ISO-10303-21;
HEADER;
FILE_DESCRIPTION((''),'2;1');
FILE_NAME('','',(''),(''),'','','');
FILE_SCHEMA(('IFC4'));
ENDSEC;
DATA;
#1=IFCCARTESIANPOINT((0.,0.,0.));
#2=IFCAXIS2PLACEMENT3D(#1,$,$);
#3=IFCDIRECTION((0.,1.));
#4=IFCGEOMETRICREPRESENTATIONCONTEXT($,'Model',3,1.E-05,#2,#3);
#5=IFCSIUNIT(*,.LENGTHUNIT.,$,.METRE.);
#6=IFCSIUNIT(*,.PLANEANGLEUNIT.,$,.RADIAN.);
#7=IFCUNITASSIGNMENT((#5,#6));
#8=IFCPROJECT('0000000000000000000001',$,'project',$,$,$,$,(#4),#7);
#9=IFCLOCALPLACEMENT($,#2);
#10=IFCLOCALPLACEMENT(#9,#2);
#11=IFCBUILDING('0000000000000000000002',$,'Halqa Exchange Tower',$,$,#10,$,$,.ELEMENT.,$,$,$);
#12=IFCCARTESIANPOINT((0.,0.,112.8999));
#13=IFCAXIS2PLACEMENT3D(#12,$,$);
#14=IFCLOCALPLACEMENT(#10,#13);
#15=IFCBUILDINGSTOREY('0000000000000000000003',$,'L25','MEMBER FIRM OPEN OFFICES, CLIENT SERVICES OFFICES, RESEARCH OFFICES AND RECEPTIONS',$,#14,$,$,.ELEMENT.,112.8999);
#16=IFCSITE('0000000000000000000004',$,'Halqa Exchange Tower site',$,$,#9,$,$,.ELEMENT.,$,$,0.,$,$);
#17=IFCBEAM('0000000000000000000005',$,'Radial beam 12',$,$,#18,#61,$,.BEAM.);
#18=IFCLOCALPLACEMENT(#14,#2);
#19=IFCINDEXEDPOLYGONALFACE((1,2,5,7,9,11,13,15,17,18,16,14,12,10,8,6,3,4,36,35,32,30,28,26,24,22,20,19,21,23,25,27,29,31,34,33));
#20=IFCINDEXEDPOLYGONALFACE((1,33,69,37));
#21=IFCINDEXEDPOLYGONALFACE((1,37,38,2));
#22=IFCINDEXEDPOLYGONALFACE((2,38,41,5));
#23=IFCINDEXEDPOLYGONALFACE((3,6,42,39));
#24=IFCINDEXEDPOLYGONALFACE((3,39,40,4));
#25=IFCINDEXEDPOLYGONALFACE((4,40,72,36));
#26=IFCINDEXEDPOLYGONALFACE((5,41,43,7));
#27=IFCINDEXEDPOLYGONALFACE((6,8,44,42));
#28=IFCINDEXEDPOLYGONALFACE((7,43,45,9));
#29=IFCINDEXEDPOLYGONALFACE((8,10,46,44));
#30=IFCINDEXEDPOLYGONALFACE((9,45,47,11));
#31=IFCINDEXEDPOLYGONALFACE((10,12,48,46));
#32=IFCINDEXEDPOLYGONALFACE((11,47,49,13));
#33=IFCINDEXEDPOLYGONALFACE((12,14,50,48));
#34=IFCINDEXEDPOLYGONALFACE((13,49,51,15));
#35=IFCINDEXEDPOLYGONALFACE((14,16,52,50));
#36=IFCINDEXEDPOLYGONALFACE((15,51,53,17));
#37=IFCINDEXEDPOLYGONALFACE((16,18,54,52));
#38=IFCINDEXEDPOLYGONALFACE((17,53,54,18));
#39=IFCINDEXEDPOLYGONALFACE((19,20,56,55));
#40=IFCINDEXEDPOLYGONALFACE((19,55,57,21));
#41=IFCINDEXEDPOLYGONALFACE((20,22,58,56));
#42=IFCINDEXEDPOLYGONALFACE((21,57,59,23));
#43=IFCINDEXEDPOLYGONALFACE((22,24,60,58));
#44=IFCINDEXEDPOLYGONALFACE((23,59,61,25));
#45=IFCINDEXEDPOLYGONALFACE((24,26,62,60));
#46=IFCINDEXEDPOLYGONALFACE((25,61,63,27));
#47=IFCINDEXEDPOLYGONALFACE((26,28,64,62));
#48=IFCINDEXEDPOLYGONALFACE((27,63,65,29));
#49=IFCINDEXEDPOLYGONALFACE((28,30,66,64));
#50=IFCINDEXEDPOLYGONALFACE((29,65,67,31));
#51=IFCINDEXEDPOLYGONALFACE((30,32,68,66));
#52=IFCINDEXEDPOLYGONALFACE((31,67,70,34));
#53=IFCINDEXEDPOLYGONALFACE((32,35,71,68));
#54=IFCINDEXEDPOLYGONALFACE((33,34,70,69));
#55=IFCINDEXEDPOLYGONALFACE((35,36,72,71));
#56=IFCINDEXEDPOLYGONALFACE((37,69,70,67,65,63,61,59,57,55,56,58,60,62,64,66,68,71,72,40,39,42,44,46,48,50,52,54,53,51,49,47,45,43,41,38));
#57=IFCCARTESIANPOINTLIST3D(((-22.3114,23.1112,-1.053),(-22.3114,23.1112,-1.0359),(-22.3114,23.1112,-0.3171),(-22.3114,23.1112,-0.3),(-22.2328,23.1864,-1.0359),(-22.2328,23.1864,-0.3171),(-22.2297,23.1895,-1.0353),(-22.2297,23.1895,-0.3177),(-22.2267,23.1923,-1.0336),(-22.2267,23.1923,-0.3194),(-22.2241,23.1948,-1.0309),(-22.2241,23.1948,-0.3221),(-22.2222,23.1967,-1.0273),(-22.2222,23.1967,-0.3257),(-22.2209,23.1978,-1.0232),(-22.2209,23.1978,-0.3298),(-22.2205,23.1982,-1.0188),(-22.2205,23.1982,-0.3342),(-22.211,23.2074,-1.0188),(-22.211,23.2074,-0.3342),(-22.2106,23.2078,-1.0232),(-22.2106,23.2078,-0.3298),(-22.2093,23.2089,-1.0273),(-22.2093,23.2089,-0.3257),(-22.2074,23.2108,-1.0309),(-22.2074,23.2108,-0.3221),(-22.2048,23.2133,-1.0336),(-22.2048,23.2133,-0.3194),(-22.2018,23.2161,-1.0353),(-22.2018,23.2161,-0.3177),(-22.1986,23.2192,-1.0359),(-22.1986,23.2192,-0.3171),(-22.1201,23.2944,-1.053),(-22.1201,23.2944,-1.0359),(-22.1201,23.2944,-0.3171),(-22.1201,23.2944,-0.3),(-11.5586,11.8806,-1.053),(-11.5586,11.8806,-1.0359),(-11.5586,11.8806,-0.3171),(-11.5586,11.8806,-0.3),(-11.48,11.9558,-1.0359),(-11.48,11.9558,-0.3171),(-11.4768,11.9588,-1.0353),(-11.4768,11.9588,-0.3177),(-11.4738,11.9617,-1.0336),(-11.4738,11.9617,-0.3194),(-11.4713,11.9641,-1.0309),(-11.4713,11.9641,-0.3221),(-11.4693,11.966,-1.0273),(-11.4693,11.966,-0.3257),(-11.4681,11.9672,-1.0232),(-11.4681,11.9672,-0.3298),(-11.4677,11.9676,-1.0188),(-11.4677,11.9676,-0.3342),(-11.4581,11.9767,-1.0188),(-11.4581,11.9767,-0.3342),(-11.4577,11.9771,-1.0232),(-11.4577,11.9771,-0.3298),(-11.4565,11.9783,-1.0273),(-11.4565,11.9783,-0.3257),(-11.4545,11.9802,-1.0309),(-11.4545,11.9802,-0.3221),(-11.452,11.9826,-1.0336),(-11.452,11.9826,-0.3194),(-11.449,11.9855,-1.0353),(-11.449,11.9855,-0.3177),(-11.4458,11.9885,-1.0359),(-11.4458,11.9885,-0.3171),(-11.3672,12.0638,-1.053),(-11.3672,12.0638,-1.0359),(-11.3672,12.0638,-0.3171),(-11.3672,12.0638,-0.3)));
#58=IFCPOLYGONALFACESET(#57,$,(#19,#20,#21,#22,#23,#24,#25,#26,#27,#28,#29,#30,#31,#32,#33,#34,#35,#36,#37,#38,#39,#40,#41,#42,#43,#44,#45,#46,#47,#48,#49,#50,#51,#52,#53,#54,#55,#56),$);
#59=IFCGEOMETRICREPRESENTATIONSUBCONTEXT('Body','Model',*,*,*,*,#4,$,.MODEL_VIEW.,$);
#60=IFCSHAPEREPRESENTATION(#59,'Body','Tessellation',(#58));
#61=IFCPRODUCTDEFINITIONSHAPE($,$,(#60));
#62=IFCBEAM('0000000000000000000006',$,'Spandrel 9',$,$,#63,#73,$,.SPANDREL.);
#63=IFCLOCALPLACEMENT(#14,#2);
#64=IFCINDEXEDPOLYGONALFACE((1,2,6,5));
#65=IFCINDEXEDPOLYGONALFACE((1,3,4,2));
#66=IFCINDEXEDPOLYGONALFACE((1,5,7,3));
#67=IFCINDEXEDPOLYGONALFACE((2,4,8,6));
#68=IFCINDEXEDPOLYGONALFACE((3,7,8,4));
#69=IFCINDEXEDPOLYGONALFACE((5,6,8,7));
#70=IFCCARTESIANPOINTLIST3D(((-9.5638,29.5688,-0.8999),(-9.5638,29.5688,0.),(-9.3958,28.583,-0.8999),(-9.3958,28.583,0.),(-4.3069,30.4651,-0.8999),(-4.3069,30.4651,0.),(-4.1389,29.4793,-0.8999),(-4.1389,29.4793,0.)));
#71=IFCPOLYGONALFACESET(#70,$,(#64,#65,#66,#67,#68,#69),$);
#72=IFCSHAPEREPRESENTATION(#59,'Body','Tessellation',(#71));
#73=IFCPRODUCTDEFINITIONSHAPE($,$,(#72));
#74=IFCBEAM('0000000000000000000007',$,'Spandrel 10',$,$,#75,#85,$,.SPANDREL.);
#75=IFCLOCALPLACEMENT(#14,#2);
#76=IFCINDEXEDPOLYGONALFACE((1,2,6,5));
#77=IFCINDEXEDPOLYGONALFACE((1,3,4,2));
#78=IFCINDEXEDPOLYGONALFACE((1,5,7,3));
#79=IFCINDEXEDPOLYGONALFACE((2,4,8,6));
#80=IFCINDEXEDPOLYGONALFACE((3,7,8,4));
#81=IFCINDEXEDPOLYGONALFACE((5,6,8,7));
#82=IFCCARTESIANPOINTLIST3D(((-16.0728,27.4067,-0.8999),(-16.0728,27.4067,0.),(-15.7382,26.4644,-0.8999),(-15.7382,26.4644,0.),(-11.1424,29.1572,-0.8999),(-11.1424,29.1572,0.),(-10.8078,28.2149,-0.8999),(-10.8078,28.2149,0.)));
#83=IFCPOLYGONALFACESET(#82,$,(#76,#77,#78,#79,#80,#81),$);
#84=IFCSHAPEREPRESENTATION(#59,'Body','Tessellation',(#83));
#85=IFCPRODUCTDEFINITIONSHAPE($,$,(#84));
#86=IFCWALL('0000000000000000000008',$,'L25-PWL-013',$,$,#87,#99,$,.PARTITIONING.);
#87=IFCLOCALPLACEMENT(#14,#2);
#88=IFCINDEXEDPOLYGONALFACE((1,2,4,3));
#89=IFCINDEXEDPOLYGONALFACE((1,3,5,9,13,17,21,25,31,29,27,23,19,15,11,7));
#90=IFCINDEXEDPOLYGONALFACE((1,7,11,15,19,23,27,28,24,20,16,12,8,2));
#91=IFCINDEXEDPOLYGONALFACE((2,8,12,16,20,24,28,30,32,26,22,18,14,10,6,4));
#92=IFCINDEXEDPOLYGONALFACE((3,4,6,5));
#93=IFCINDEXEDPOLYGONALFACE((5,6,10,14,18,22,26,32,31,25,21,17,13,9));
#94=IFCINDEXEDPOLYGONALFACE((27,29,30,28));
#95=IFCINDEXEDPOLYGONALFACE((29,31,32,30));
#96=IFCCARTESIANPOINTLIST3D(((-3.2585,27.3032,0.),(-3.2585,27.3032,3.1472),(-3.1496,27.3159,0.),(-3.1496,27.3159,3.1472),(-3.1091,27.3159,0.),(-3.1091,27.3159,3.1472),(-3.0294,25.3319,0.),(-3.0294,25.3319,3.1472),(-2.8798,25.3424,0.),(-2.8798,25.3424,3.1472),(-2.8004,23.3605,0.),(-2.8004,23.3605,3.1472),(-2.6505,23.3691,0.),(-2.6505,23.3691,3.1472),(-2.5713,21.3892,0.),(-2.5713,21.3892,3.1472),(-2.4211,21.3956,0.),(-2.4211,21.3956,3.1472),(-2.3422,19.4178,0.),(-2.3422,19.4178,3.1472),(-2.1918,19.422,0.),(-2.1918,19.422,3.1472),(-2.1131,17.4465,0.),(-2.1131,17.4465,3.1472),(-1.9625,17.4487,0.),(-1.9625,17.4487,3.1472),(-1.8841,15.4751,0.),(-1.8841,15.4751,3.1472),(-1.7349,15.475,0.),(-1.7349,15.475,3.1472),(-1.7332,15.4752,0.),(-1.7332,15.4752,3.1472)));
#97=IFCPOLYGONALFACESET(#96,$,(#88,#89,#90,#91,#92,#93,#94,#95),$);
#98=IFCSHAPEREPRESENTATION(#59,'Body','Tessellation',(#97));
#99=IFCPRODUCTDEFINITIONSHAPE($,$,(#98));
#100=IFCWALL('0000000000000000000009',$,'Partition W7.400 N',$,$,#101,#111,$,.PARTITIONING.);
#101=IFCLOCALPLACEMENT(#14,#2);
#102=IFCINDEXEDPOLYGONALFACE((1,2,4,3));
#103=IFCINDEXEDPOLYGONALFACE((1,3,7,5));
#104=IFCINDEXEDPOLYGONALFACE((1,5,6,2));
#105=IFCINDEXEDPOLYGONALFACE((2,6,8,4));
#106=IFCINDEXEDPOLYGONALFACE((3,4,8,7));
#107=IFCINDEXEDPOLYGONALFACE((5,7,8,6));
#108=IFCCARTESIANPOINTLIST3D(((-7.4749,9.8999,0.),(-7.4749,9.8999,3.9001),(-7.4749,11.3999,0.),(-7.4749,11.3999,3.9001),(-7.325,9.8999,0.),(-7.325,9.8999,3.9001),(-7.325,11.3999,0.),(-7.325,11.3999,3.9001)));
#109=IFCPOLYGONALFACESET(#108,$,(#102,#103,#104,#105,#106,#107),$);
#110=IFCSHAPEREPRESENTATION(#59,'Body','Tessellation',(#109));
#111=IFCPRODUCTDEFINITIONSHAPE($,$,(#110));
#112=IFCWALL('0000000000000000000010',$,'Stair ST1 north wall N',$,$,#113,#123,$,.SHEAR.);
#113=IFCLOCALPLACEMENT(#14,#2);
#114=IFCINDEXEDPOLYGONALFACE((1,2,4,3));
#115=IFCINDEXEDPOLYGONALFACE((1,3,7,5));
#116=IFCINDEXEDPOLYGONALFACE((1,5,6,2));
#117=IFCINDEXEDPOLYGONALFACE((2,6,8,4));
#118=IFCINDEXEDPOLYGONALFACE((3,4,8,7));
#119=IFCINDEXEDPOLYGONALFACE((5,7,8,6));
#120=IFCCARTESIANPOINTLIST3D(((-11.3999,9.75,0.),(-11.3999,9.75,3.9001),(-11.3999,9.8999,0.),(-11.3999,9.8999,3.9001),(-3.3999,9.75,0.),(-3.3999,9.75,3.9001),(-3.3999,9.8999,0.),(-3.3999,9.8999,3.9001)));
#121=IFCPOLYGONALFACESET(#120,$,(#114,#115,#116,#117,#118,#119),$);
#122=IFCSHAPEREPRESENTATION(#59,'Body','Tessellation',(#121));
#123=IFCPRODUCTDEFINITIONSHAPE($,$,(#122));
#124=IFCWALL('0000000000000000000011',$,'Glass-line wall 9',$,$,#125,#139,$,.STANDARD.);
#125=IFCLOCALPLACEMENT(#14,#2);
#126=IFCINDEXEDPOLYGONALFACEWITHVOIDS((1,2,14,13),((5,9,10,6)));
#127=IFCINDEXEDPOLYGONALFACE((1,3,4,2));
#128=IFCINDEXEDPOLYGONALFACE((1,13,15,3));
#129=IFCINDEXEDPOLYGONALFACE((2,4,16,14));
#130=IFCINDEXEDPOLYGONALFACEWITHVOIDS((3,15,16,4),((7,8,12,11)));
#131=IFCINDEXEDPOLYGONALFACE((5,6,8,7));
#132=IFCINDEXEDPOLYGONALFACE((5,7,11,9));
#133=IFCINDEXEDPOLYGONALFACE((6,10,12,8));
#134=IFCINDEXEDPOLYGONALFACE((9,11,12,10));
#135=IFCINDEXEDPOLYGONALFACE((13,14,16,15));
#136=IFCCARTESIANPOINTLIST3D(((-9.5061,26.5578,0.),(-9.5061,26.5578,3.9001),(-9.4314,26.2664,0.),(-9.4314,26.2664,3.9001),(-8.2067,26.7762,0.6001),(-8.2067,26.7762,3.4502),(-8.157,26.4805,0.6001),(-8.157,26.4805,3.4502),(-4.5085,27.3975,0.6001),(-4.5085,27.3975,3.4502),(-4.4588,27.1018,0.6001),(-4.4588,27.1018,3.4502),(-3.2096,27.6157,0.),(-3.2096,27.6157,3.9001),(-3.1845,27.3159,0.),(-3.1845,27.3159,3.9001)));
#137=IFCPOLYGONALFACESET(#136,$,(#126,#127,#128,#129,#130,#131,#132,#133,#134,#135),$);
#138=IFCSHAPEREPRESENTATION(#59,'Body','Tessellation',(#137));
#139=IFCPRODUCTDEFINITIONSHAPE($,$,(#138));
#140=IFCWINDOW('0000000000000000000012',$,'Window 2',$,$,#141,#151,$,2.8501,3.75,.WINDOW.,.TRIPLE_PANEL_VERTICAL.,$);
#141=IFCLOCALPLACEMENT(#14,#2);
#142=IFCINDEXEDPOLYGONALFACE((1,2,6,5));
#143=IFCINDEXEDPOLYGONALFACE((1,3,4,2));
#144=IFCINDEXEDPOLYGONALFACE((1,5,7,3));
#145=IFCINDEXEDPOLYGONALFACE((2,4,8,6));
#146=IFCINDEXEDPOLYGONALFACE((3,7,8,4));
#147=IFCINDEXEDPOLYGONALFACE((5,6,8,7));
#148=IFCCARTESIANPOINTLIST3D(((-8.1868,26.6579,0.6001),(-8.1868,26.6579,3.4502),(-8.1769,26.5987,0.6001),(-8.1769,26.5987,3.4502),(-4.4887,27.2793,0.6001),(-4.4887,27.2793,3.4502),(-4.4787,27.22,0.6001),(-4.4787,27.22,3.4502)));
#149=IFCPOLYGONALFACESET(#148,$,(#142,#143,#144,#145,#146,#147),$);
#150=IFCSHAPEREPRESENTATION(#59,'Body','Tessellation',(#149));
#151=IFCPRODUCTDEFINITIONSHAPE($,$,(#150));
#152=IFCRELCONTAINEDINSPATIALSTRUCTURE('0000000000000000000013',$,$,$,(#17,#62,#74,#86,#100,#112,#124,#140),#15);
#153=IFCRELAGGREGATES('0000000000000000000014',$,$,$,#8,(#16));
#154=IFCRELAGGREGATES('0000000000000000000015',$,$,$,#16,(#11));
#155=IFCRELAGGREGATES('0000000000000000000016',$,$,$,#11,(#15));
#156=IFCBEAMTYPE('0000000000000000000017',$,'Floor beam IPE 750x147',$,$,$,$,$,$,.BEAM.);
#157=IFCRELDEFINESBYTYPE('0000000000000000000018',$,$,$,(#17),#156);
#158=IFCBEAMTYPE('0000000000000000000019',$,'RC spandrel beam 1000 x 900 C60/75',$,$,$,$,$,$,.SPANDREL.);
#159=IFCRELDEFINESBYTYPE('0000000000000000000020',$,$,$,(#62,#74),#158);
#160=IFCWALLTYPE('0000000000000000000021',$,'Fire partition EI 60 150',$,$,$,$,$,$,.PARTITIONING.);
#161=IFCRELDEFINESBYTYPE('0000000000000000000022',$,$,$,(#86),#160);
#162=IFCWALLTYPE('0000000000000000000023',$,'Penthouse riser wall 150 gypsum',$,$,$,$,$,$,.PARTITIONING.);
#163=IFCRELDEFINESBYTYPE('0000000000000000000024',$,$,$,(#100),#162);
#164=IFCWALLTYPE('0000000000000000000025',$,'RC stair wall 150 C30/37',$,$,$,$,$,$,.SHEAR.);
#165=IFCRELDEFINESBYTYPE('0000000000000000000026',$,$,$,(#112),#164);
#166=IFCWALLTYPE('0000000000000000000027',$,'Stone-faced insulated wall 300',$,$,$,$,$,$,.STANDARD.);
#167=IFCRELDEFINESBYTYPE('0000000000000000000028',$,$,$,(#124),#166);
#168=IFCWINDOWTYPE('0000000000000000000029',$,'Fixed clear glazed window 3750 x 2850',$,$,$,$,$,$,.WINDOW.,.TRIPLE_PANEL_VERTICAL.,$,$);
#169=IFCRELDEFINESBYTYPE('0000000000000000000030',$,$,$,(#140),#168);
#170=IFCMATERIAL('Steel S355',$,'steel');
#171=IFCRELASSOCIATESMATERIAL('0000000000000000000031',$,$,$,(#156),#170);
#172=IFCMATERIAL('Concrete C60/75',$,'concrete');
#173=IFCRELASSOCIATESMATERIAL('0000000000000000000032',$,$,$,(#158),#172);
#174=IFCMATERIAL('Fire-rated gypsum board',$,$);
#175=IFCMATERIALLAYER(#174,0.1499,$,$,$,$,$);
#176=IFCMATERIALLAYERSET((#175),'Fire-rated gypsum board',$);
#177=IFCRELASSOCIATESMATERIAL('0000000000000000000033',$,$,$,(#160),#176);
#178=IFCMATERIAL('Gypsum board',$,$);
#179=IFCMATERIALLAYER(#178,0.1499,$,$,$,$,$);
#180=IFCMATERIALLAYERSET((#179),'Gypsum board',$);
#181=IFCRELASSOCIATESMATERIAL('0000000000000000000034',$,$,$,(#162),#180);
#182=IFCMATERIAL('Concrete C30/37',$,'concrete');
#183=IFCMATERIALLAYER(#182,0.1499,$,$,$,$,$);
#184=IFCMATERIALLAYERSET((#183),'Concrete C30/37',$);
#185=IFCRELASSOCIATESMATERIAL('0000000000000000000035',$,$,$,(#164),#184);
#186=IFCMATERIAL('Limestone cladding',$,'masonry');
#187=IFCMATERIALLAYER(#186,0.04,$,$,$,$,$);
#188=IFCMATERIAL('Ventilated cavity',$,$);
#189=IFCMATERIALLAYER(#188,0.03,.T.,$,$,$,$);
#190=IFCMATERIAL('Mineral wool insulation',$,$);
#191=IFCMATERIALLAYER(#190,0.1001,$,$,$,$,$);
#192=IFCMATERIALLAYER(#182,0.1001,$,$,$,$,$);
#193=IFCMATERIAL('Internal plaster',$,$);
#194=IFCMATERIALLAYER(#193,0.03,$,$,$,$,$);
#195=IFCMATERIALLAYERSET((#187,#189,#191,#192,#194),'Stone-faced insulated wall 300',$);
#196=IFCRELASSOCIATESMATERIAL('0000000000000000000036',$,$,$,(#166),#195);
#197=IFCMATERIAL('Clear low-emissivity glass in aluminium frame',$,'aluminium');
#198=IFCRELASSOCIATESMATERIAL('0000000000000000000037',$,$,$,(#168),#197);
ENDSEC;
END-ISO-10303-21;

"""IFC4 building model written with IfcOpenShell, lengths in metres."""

from ifc_helpers import new_model, si_unit, direction, frame, frame_2d, origin, origin_2d, place, context, subcontext, project, spatial, polyline, rectangle, i_section, outline, extrude, material, layer, layer_set, material_profile, profile_set, type_object, element, fill, save


model = new_model("IFC4")

# Units and contexts
model_context = context("Model", 3, precision=1e-05, world=origin(), true_north=direction((0.0, 1.0)))
body_context = subcontext(model_context, "Body", "Model", "MODEL_VIEW")
ifc_project = project(units=[si_unit("LENGTHUNIT", "METRE"), si_unit("PLANEANGLEUNIT", "RADIAN")], contexts=[model_context])

# Site, building, storey
site_placement = place(None, origin())
site = spatial("IfcSite", under=ifc_project, at=site_placement, Name="Halqa Exchange Tower site", CompositionType="ELEMENT", RefElevation=0.0)
building_placement = place(site_placement, origin())
building = spatial("IfcBuilding", under=site, at=building_placement, Name="Halqa Exchange Tower", CompositionType="ELEMENT")
storey_placement = place(building_placement, frame((0.0, 0.0, 112.8999)))
storey = spatial("IfcBuildingStorey", under=building, at=storey_placement, Name="L25", Description="MEMBER FIRM OPEN OFFICES, CLIENT SERVICES OFFICES, RESEARCH OFFICES AND RECEPTIONS", CompositionType="ELEMENT", Elevation=112.8999)

# Beams
ifc_material_1 = material(Name="Steel S355", Category="steel")
ifc_material_profile_1 = material_profile(ifc_material_1, i_section(OverallWidth=0.2649, OverallDepth=0.7529, WebThickness=0.0132, FlangeThickness=0.0171, FilletRadius=0.0171, at=origin_2d()), Name="IPE 750x147")
ifc_profile_set_1 = profile_set([ifc_material_profile_1], Name="Steel S355")
beam_type_1 = type_object("IfcBeamType", Name="Floor beam IPE 750x147", PredefinedType="BEAM", material=ifc_profile_set_1)
beam_1_placement = place(storey_placement, frame((-11.4629, 11.9722, -0.6765), z_axis=(-0.691576, 0.722304, 0.0), x_axis=(-0.722304, -0.691576, 0.0)))
element("IfcBeam", 1, at=beam_1_placement, inside=storey, type_object=beam_type_1, Name="Radial beam 12", PredefinedType="BEAM", context=body_context, shape_type="SweptSolid", body=[
    extrude(i_section(OverallWidth=0.2649, OverallDepth=0.7529, WebThickness=0.0132, FlangeThickness=0.0171, FilletRadius=0.0171, at=origin_2d()), origin(), (0.0, 0.0, 1.0), 15.5483),
])
ifc_material_2 = material(Name="Concrete C60/75", Category="concrete")
ifc_material_profile_2 = material_profile(ifc_material_2, rectangle(XDim=1.0, YDim=0.8999, at=origin_2d()), Name="1000 x 900")
ifc_profile_set_2 = profile_set([ifc_material_profile_2], Name="Concrete C60/75")
beam_type_2 = type_object("IfcBeamType", Name="RC spandrel beam 1000 x 900 C60/75", PredefinedType="SPANDREL", material=ifc_profile_set_2)
beam_2_placement = place(storey_placement, frame((-4.2229, 29.9722, -0.45), z_axis=(-0.985776, -0.168065, 0.0), x_axis=(0.168065, -0.985776, 0.0)))
element("IfcBeam", 2, at=beam_2_placement, inside=storey, type_object=beam_type_2, Name="Spandrel 9", PredefinedType="SPANDREL", context=body_context, shape_type="SweptSolid", body=[
    extrude(rectangle(XDim=1.0, YDim=0.8999, at=origin_2d()), origin(), (0.0, 0.0, 1.0), 5.3328),
])
beam_3_placement = place(storey_placement, frame((-10.9751, 28.686, -0.45), z_axis=(-0.942368, -0.334577, 0.0), x_axis=(0.334577, -0.942368, 0.0)))
element("IfcBeam", 3, at=beam_3_placement, inside=storey, type_object=beam_type_2, Name="Spandrel 10", PredefinedType="SPANDREL", context=body_context, shape_type="SweptSolid", body=[
    extrude(rectangle(XDim=1.0, YDim=0.8999, at=origin_2d()), origin(), (0.0, 0.0, 1.0), 5.2319),
])

# Walls
ifc_material_3 = material(Name="Fire-rated gypsum board")
ifc_layer_1 = layer(ifc_material_3, 0.1499)
ifc_layer_set_1 = layer_set([ifc_layer_1], Name="Fire-rated gypsum board")
wall_type_1 = type_object("IfcWallType", Name="Fire partition EI 60 150", PredefinedType="PARTITIONING", material=ifc_layer_set_1)
wall_1_placement = place(storey_placement, frame((-1.8076, 15.4666, 0.0), z_axis=(0.0, 0.0, 1.0), x_axis=(-0.115425, 0.993316, 0.0)))
element("IfcWall", 4, at=wall_1_placement, inside=storey, type_object=wall_type_1, Name="L25-PWL-013", PredefinedType="PARTITIONING", context=body_context, shape_type="SweptSolid", body=[
    extrude(outline(polyline([(0.0, -0.075), (1.9868, -0.075), (3.9734, -0.075), (5.9602, -0.075), (7.947, -0.075), (9.9336, -0.075), (11.9204, -0.075), (11.925, -0.0347), (11.925, 0.075), (9.9404, 0.075), (7.9558, 0.075), (5.9712, 0.075), (3.9866, 0.075), (2.002, 0.075), (0.0173, 0.075), (0.0, -0.0732), (0.0, -0.075)])), origin(), (0.0, 0.0, 1.0), 3.1472),
])
ifc_material_4 = material(Name="Gypsum board")
ifc_layer_2 = layer(ifc_material_4, 0.1499)
ifc_layer_set_2 = layer_set([ifc_layer_2], Name="Gypsum board")
wall_type_2 = type_object("IfcWallType", Name="Penthouse riser wall 150 gypsum", PredefinedType="PARTITIONING", material=ifc_layer_set_2)
wall_2_placement = place(storey_placement, frame((-7.3999, 9.8999, 0.0), z_axis=(0.0, 0.0, 1.0), x_axis=(0.0, 1.0, 0.0)))
element("IfcWall", 5, at=wall_2_placement, inside=storey, type_object=wall_type_2, Name="Partition W7.400 N", PredefinedType="PARTITIONING", context=body_context, shape_type="SweptSolid", body=[
    extrude(rectangle(XDim=1.5, YDim=0.1499, at=frame_2d((0.75, 0.0))), origin(), (0.0, 0.0, 1.0), 3.9001),
])
ifc_material_5 = material(Name="Concrete C30/37", Category="concrete")
ifc_layer_3 = layer(ifc_material_5, 0.1499)
ifc_layer_set_3 = layer_set([ifc_layer_3], Name="Concrete C30/37")
wall_type_3 = type_object("IfcWallType", Name="RC stair wall 150 C30/37", PredefinedType="SHEAR", material=ifc_layer_set_3)
wall_3_placement = place(storey_placement, frame((-11.3999, 9.825, 0.0), z_axis=(0.0, 0.0, 1.0), x_axis=(1.0, 0.0, 0.0)))
element("IfcWall", 6, at=wall_3_placement, inside=storey, type_object=wall_type_3, Name="Stair ST1 north wall N", PredefinedType="SHEAR", context=body_context, shape_type="SweptSolid", body=[
    extrude(rectangle(XDim=8.0, YDim=0.1499, at=frame_2d((4.0, 0.0))), origin(), (0.0, 0.0, 1.0), 3.9001),
])

# Wall, opening, window
ifc_material_6 = material(Name="Limestone cladding", Category="masonry")
ifc_layer_4 = layer(ifc_material_6, 0.04)
ifc_material_7 = material(Name="Ventilated cavity")
ifc_layer_5 = layer(ifc_material_7, 0.03, ventilated=True)
ifc_material_8 = material(Name="Mineral wool insulation")
ifc_layer_6 = layer(ifc_material_8, 0.1001)
ifc_layer_7 = layer(ifc_material_5, 0.1001)
ifc_material_9 = material(Name="Internal plaster")
ifc_layer_8 = layer(ifc_material_9, 0.03)
ifc_layer_set_4 = layer_set([ifc_layer_4, ifc_layer_5, ifc_layer_6, ifc_layer_7, ifc_layer_8], Name="Stone-faced insulated wall 300")
wall_type_4 = type_object("IfcWallType", Name="Stone-faced insulated wall 300", PredefinedType="STANDARD", material=ifc_layer_set_4)
wall_4_placement = place(storey_placement, frame((-3.197, 27.4658, 0.0), z_axis=(0.0, 0.0, 1.0), x_axis=(-0.986178, -0.165687, 0.0)))
wall_4 = element("IfcWall", 7, at=wall_4_placement, inside=storey, type_object=wall_type_4, Name="Glass-line wall 9", PredefinedType="STANDARD", context=body_context, shape_type="SweptSolid", body=[
    extrude(outline(polyline([(-0.0125, -0.1499), (6.3723, -0.1499), (6.3469, 0.1499), (0.0125, 0.1499), (-0.0125, -0.1499)])), origin(), (0.0, 0.0, 1.0), 3.9001),
])
opening_1_placement = place(wall_4_placement, frame((1.3047, 0.0, 0.6001)))
opening_1 = element("IfcOpeningElement", 8, at=opening_1_placement, cuts=wall_4, PredefinedType="OPENING", context=body_context, shape_type="SweptSolid", body=[
    extrude(rectangle(XDim=3.75, YDim=2.8501, at=frame_2d((1.875, 1.425))), frame((0.0, 0.1621, 0.0), z_axis=(0.0, -1.0, 0.0), x_axis=(1.0, 0.0, 0.0)), (0.0, 0.0, 1.0), 0.324),
])
ifc_material_10 = material(Name="Clear low-emissivity glass in aluminium frame", Category="aluminium")
window_type = type_object("IfcWindowType", Name="Fixed clear glazed window 3750 x 2850", PartitioningType="TRIPLE_PANEL_VERTICAL", PredefinedType="WINDOW", material=ifc_material_10)
window_1_placement = place(opening_1_placement, origin())
window_1 = element("IfcWindow", 9, at=window_1_placement, inside=storey, type_object=window_type, Name="Window 2", OverallHeight=2.8501, OverallWidth=3.75, PartitioningType="TRIPLE_PANEL_VERTICAL", PredefinedType="WINDOW", context=body_context, shape_type="SweptSolid", body=[
    extrude(rectangle(XDim=3.75, YDim=2.8501, at=frame_2d((1.875, 1.425))), frame((0.0, 0.03, 0.0), z_axis=(0.0, -1.0, 0.0), x_axis=(1.0, 0.0, 0.0)), (0.0, 0.0, 1.0), 0.0601),
])
fill(opening_1, window_1)

save(model, "model.ifc")
